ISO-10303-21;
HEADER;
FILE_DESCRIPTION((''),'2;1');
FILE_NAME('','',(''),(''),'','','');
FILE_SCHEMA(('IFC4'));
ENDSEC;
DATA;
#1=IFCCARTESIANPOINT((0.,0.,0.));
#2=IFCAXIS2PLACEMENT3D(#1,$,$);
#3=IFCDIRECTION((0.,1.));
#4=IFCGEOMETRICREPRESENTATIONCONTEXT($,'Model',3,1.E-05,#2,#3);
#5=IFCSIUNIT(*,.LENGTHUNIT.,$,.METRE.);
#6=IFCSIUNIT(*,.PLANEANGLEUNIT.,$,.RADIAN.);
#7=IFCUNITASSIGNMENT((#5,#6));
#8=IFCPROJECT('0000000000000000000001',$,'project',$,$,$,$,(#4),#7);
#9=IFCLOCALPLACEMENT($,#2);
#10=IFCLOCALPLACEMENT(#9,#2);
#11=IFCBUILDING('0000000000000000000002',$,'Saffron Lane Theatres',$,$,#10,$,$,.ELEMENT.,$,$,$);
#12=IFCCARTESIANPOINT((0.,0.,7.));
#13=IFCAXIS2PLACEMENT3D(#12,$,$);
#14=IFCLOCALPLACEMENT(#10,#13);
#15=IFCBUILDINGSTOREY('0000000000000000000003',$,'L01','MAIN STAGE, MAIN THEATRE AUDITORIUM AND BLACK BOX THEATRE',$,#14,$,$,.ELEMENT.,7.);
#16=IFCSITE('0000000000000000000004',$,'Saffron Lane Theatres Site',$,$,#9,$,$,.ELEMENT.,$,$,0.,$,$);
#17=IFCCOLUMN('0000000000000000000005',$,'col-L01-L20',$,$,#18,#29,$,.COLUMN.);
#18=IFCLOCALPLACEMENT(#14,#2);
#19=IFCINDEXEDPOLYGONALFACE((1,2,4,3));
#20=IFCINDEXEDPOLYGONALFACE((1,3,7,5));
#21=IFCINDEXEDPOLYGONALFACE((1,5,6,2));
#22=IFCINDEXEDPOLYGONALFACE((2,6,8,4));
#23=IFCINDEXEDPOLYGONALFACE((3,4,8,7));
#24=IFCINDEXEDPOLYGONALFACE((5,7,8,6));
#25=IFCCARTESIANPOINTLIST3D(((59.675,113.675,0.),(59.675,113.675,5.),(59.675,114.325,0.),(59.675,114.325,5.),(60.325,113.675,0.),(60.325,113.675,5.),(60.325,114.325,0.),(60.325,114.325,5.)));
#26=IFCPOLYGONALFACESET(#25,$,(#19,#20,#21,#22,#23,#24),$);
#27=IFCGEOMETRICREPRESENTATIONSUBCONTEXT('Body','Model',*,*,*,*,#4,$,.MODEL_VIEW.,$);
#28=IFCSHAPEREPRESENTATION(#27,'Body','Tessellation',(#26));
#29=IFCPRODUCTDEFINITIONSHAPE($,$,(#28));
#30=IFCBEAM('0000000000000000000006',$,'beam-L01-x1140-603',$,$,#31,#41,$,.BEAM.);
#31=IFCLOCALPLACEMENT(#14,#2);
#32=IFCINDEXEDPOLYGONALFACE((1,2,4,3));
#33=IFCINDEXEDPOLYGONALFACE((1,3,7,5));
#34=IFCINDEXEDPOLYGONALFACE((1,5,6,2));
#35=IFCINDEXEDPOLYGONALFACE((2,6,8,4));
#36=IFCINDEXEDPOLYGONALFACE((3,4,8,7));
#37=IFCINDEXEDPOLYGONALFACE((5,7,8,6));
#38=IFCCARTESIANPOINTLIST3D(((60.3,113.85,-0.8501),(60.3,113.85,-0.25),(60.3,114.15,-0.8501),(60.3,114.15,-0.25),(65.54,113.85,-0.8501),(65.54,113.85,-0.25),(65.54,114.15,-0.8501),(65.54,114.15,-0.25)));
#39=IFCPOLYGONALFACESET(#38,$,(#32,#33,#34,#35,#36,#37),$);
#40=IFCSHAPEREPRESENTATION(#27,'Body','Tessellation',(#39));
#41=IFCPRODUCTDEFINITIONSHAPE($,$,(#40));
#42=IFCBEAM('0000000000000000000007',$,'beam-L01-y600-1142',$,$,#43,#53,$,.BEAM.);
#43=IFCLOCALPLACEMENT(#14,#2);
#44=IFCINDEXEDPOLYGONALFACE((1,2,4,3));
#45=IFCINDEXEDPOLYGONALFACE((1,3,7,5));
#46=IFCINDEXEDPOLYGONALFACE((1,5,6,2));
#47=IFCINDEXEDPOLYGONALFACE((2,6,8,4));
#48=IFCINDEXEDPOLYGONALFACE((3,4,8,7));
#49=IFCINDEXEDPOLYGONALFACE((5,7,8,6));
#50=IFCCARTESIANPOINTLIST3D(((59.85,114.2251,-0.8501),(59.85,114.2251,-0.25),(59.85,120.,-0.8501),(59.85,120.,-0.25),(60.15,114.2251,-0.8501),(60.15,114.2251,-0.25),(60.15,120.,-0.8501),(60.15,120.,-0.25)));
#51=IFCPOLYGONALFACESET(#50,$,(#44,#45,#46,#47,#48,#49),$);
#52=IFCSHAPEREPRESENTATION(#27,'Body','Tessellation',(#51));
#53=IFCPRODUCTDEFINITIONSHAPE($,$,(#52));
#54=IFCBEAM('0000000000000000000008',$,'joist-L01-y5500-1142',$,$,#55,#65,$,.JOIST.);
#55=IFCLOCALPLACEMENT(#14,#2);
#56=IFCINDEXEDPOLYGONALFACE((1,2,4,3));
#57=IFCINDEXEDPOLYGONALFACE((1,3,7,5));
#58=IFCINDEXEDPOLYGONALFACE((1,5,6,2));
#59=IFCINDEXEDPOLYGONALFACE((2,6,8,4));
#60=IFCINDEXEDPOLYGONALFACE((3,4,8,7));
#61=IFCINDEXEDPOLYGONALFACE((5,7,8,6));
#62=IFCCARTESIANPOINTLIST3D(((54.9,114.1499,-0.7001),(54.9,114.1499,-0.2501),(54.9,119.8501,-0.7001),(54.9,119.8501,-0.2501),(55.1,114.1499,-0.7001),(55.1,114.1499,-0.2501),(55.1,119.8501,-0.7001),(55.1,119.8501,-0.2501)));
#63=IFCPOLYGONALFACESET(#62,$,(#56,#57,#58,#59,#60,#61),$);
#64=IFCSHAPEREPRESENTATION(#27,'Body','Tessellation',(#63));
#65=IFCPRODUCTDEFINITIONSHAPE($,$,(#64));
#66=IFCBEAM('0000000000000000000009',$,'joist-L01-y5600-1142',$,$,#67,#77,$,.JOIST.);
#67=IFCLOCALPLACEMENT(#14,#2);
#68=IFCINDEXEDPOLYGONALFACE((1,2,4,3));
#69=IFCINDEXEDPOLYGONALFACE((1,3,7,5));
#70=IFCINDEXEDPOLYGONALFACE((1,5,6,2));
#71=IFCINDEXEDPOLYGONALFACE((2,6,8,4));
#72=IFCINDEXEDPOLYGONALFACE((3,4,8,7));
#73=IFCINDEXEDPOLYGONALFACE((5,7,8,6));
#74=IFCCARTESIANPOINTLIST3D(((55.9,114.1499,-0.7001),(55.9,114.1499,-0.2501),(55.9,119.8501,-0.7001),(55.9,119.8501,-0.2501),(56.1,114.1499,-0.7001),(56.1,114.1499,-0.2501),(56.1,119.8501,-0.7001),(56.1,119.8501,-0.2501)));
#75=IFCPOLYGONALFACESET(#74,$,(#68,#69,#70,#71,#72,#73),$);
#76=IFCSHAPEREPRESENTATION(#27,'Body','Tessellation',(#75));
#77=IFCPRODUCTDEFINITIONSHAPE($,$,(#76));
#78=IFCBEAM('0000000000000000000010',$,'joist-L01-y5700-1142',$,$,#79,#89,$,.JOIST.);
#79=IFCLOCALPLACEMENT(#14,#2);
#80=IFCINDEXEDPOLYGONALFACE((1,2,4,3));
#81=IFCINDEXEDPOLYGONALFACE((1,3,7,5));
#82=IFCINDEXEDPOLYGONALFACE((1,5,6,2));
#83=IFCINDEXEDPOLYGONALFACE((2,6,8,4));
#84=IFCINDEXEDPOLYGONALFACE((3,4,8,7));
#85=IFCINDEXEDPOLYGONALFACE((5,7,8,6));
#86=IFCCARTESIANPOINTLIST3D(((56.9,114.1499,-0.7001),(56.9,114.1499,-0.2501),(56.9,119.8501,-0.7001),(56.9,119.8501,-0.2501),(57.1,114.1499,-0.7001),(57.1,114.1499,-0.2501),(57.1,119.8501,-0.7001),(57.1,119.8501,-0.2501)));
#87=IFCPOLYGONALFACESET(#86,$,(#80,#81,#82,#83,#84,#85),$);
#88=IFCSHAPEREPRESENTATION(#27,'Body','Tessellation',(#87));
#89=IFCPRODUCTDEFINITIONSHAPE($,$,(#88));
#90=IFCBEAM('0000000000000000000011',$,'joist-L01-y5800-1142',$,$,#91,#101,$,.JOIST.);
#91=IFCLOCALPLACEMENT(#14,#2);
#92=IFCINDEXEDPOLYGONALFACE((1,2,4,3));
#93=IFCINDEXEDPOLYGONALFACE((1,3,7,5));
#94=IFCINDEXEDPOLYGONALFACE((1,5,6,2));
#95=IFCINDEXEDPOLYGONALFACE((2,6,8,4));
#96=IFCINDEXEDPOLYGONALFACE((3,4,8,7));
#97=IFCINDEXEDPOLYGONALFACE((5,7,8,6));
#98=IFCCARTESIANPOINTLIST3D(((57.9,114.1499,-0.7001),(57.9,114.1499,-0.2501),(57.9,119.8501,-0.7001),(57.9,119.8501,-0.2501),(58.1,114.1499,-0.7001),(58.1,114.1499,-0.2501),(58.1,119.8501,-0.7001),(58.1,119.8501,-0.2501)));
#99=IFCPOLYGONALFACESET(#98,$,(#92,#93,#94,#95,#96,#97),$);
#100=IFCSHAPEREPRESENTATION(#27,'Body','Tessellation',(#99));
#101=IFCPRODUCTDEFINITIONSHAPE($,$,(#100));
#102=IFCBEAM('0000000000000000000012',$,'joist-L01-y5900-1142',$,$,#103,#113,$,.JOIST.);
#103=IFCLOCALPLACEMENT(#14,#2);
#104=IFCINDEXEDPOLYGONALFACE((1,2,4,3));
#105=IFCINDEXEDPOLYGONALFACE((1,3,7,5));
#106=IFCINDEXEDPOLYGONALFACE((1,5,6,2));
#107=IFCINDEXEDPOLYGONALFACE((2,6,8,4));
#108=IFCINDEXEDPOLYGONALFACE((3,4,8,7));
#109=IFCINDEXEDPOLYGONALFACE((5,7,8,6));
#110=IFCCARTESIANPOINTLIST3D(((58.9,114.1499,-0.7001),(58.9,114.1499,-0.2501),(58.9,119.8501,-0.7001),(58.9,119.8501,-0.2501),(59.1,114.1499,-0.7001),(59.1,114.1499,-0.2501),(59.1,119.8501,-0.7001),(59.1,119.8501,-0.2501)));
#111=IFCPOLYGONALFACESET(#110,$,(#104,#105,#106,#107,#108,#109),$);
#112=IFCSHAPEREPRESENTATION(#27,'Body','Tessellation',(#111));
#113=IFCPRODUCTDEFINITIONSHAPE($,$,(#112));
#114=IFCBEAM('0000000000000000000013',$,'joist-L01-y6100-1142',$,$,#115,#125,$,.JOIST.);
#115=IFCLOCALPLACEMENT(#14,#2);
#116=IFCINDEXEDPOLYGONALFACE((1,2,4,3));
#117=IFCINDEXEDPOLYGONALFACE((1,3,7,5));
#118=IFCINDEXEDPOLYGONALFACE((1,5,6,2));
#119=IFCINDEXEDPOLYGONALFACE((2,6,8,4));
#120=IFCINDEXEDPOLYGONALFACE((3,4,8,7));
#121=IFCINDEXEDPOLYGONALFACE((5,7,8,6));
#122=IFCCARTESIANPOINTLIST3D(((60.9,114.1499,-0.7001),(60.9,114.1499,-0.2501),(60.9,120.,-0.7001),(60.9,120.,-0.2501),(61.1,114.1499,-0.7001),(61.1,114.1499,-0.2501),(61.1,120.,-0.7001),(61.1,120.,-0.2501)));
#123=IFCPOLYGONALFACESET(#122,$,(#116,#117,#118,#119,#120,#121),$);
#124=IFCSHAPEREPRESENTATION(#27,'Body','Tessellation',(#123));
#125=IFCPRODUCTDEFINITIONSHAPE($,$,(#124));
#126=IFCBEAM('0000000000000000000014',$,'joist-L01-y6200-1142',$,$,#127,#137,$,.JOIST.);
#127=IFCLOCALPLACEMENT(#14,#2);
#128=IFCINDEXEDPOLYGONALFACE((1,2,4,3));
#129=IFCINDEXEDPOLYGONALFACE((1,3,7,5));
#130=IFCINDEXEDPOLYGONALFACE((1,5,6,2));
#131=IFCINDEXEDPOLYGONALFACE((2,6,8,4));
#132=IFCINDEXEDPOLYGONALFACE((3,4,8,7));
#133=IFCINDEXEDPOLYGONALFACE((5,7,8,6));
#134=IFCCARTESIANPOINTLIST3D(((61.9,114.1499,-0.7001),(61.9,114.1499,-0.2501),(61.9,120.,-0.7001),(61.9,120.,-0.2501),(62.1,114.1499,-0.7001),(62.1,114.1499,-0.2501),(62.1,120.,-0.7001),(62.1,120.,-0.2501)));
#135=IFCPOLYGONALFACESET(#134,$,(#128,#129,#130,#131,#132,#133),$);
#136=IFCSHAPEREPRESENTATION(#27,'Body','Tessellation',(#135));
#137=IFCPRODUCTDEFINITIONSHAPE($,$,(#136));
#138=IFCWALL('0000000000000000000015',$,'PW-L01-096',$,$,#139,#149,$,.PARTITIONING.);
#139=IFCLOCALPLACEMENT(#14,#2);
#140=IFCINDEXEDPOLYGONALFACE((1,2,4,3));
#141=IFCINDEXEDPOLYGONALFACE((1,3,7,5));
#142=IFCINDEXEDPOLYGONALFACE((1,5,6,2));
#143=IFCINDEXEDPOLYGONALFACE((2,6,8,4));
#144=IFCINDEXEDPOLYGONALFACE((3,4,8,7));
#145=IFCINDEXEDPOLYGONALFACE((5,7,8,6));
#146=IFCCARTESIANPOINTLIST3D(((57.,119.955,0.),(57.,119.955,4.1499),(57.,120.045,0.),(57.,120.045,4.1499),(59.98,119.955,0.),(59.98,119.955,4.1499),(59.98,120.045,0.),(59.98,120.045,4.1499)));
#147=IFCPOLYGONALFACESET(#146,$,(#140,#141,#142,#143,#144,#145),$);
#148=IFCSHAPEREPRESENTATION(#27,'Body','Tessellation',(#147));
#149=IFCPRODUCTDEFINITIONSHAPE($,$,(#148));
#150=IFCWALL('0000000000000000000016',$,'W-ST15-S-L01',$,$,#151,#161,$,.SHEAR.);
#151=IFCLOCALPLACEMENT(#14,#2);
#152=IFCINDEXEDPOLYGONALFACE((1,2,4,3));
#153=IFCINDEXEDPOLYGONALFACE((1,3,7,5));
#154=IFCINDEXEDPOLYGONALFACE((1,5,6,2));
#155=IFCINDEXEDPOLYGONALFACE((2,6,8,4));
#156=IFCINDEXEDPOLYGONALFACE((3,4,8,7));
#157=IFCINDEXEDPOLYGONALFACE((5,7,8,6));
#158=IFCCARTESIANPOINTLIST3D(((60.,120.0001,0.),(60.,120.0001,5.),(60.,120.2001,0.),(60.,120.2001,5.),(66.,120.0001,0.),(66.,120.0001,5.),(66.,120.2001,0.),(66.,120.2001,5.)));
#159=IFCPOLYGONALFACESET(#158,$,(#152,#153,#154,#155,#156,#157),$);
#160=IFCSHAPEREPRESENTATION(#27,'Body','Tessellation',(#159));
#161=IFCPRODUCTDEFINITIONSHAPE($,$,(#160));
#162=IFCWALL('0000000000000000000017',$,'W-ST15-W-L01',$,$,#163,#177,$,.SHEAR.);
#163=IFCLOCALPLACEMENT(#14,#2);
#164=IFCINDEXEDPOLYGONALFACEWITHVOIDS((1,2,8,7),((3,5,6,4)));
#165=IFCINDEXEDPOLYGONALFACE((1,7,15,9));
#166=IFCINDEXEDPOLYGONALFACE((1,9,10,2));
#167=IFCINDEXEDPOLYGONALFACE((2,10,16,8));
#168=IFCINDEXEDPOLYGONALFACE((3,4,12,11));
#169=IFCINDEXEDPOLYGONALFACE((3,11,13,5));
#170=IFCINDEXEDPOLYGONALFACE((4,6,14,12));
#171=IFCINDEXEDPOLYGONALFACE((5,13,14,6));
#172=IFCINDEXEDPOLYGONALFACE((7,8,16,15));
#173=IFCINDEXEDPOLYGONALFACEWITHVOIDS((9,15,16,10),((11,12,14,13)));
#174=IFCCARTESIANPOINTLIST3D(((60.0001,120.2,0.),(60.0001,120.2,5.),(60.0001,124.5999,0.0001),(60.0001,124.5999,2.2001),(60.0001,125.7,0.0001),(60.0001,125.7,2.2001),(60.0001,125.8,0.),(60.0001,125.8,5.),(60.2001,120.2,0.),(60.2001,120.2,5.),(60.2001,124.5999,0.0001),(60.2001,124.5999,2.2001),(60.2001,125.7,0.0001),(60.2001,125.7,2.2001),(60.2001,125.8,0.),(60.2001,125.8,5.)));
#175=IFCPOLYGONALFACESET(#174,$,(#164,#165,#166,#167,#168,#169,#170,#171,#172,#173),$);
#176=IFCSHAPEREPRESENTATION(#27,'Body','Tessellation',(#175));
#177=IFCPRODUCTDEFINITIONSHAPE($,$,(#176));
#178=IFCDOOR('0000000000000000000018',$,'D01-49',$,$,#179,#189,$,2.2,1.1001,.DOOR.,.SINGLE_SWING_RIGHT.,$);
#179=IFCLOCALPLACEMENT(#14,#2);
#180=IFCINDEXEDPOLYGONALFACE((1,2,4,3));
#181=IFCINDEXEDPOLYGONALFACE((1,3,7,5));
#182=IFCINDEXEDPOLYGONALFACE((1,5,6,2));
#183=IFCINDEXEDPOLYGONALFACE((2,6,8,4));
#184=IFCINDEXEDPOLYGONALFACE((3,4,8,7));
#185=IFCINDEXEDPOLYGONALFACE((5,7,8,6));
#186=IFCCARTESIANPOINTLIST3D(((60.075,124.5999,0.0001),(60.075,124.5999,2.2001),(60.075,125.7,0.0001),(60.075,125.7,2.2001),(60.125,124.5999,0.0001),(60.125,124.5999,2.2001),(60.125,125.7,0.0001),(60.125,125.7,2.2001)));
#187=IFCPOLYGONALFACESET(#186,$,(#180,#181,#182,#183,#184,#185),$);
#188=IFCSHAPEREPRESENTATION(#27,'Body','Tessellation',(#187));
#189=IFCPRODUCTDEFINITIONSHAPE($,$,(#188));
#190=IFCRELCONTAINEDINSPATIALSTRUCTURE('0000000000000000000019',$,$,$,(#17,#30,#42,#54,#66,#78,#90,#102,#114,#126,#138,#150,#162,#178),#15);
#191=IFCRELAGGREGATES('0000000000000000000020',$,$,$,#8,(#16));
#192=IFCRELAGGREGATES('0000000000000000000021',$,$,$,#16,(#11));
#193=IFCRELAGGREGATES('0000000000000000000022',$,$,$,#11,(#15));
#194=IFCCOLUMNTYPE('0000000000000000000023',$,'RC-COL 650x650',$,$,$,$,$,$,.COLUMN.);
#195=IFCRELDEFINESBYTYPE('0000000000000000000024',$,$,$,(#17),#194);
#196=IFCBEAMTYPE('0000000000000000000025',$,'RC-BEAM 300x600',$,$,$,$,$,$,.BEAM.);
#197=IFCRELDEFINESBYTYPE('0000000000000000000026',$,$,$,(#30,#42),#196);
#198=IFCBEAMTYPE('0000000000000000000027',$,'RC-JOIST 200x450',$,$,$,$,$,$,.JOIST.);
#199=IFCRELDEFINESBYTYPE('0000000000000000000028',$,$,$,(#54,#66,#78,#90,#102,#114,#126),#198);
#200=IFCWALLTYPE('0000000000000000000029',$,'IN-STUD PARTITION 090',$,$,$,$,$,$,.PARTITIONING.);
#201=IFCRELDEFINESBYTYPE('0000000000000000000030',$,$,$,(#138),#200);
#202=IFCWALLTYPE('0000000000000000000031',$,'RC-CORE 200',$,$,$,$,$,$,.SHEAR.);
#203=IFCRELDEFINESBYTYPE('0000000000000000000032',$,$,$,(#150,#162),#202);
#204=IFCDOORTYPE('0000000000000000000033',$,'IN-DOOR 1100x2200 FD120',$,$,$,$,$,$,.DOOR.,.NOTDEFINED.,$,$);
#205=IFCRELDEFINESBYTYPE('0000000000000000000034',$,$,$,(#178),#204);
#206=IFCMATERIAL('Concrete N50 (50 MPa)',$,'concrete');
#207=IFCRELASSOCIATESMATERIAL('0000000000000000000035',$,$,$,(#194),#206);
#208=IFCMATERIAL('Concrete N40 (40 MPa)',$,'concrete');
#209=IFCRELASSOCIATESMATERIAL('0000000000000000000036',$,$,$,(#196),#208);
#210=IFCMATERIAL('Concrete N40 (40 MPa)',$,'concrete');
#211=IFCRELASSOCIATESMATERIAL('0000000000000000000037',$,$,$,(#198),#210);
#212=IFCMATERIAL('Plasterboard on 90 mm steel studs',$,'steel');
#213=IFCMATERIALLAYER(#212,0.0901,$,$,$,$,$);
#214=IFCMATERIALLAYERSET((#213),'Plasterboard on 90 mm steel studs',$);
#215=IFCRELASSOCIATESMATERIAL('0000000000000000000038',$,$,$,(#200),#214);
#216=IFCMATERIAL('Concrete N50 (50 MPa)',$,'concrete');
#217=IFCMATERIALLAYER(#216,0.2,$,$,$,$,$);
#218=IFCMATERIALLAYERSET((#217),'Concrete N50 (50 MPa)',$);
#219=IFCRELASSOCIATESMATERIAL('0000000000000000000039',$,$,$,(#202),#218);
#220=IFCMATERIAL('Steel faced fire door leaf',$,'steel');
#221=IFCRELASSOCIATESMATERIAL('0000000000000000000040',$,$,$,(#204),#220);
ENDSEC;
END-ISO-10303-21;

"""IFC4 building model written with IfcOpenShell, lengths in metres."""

from ifc_helpers import new_model, si_unit, direction, frame, frame_2d, origin, origin_2d, place, context, subcontext, project, spatial, rectangle, extrude, material, layer, layer_set, material_profile, profile_set, type_object, element, fill, save


model = new_model("IFC4")

# Units and contexts
model_context = context("Model", 3, precision=1e-05, world=origin(), true_north=direction((0.0, 1.0)))
body_context = subcontext(model_context, "Body", "Model", "MODEL_VIEW")
ifc_project = project(units=[si_unit("LENGTHUNIT", "METRE"), si_unit("PLANEANGLEUNIT", "RADIAN")], contexts=[model_context])

# Site, building, storey
site_placement = place(None, origin())
site = spatial("IfcSite", under=ifc_project, at=site_placement, Name="Saffron Lane Theatres Site", CompositionType="ELEMENT", RefElevation=0.0)
building_placement = place(site_placement, origin())
building = spatial("IfcBuilding", under=site, at=building_placement, Name="Saffron Lane Theatres", CompositionType="ELEMENT")
storey_placement = place(building_placement, frame((0.0, 0.0, 7.0)))
storey = spatial("IfcBuildingStorey", under=building, at=storey_placement, Name="L01", Description="MAIN STAGE, MAIN THEATRE AUDITORIUM AND BLACK BOX THEATRE", CompositionType="ELEMENT", Elevation=7.0)

# Column
ifc_material_1 = material(Name="Concrete N50 (50 MPa)", Category="concrete")
ifc_material_profile_1 = material_profile(ifc_material_1, rectangle(XDim=0.6499, YDim=0.6499, at=origin_2d()))
ifc_profile_set_1 = profile_set([ifc_material_profile_1], Name="Concrete N50 (50 MPa)")
column_type = type_object("IfcColumnType", Name="RC-COL 650x650", PredefinedType="COLUMN", material=ifc_profile_set_1)
column_placement = place(storey_placement, frame((60.0, 114.0, 0.0), z_axis=(0.0, 0.0, 1.0), x_axis=(1.0, 0.0, 0.0)))
element("IfcColumn", 1, at=column_placement, inside=storey, type_object=column_type, Name="col-L01-L20", PredefinedType="COLUMN", context=body_context, shape_type="SweptSolid", body=[
    extrude(rectangle(XDim=0.6499, YDim=0.6499, at=origin_2d()), origin(), (0.0, 0.0, 1.0), 5.0),
])

# Beams
ifc_material_2 = material(Name="Concrete N40 (40 MPa)", Category="concrete")
ifc_material_profile_2 = material_profile(ifc_material_2, rectangle(XDim=0.3, YDim=0.6001, at=origin_2d()))
ifc_profile_set_2 = profile_set([ifc_material_profile_2], Name="Concrete N40 (40 MPa)")
beam_type_1 = type_object("IfcBeamType", Name="RC-BEAM 300x600", PredefinedType="BEAM", material=ifc_profile_set_2)
beam_1_placement = place(storey_placement, frame((60.3, 114.0, -0.55), z_axis=(1.0, 0.0, 0.0), x_axis=(0.0, 1.0, 0.0)))
element("IfcBeam", 2, at=beam_1_placement, inside=storey, type_object=beam_type_1, Name="beam-L01-x1140-603", PredefinedType="BEAM", context=body_context, shape_type="SweptSolid", body=[
    extrude(rectangle(XDim=0.3, YDim=0.6001, at=origin_2d()), origin(), (0.0, 0.0, 1.0), 5.24),
])
beam_2_placement = place(storey_placement, frame((60.0, 114.2251, -0.55), z_axis=(0.0, 1.0, 0.0), x_axis=(-1.0, 0.0, 0.0)))
element("IfcBeam", 3, at=beam_2_placement, inside=storey, type_object=beam_type_1, Name="beam-L01-y600-1142", PredefinedType="BEAM", context=body_context, shape_type="SweptSolid", body=[
    extrude(rectangle(XDim=0.3, YDim=0.6001, at=origin_2d()), origin(), (0.0, 0.0, 1.0), 5.7749),
])
ifc_material_3 = material(Name="Concrete N40 (40 MPa)", Category="concrete")
ifc_material_profile_3 = material_profile(ifc_material_3, rectangle(XDim=0.2, YDim=0.45, at=origin_2d()))
ifc_profile_set_3 = profile_set([ifc_material_profile_3], Name="Concrete N40 (40 MPa)")
beam_type_2 = type_object("IfcBeamType", Name="RC-JOIST 200x450", PredefinedType="JOIST", material=ifc_profile_set_3)
for number, where, z_axis, x_axis, name in (
    (4, (55.0, 114.1499, -0.4751), (0.0, 1.0, 0.0), (-1.0, 0.0, 0.0), "joist-L01-y5500-1142"),
    (5, (56.0, 114.1499, -0.4751), (0.0, 1.0, 0.0), (-1.0, 0.0, 0.0), "joist-L01-y5600-1142"),
    (6, (57.0, 114.1499, -0.4751), (0.0, 1.0, 0.0), (-1.0, 0.0, 0.0), "joist-L01-y5700-1142"),
    (7, (58.0, 114.1499, -0.4751), (0.0, 1.0, 0.0), (-1.0, 0.0, 0.0), "joist-L01-y5800-1142"),
    (8, (59.0, 114.1499, -0.4751), (0.0, 1.0, 0.0), (-1.0, 0.0, 0.0), "joist-L01-y5900-1142"),
):
    element("IfcBeam", number, at=place(storey_placement, frame(where, z_axis=z_axis, x_axis=x_axis)), inside=storey, type_object=beam_type_2, Name=name, PredefinedType="JOIST", context=body_context, shape_type="SweptSolid", body=[
        extrude(rectangle(XDim=0.2, YDim=0.45, at=origin_2d()), origin(), (0.0, 0.0, 1.0), 5.7002),
    ])
for number, where, z_axis, x_axis, name in (
    (9, (61.0, 114.1499, -0.4751), (0.0, 1.0, 0.0), (-1.0, 0.0, 0.0), "joist-L01-y6100-1142"),
    (10, (62.0, 114.1499, -0.4751), (0.0, 1.0, 0.0), (-1.0, 0.0, 0.0), "joist-L01-y6200-1142"),
):
    element("IfcBeam", number, at=place(storey_placement, frame(where, z_axis=z_axis, x_axis=x_axis)), inside=storey, type_object=beam_type_2, Name=name, PredefinedType="JOIST", context=body_context, shape_type="SweptSolid", body=[
        extrude(rectangle(XDim=0.2, YDim=0.45, at=origin_2d()), origin(), (0.0, 0.0, 1.0), 5.8501),
    ])

# Walls
ifc_material_4 = material(Name="Plasterboard on 90 mm steel studs", Category="steel")
ifc_layer_1 = layer(ifc_material_4, 0.0901)
ifc_layer_set_1 = layer_set([ifc_layer_1], Name="Plasterboard on 90 mm steel studs")
wall_type_1 = type_object("IfcWallType", Name="IN-STUD PARTITION 090", PredefinedType="PARTITIONING", material=ifc_layer_set_1)
wall_1_placement = place(storey_placement, frame((57.0, 120.0, 0.0), z_axis=(0.0, 0.0, 1.0), x_axis=(1.0, 0.0, 0.0)))
element("IfcWall", 11, at=wall_1_placement, inside=storey, type_object=wall_type_1, Name="PW-L01-096", PredefinedType="PARTITIONING", context=body_context, shape_type="SweptSolid", body=[
    extrude(rectangle(XDim=2.98, YDim=0.0901, at=frame_2d((1.49, 0.0))), origin(), (0.0, 0.0, 1.0), 4.1499),
])
ifc_material_5 = material(Name="Concrete N50 (50 MPa)", Category="concrete")
ifc_layer_2 = layer(ifc_material_5, 0.2)
ifc_layer_set_2 = layer_set([ifc_layer_2], Name="Concrete N50 (50 MPa)")
wall_type_2 = type_object("IfcWallType", Name="RC-CORE 200", PredefinedType="SHEAR", material=ifc_layer_set_2)
wall_2_placement = place(storey_placement, frame((60.0, 120.1001, 0.0), z_axis=(0.0, 0.0, 1.0), x_axis=(1.0, 0.0, 0.0)))
element("IfcWall", 12, at=wall_2_placement, inside=storey, type_object=wall_type_2, Name="W-ST15-S-L01", PredefinedType="SHEAR", context=body_context, shape_type="SweptSolid", body=[
    extrude(rectangle(XDim=6.0, YDim=0.2, at=frame_2d((3.0, 0.0))), origin(), (0.0, 0.0, 1.0), 5.0),
])

# Wall, opening, door
wall_3_placement = place(storey_placement, frame((60.1001, 120.2, 0.0), z_axis=(0.0, 0.0, 1.0), x_axis=(0.0, 1.0, 0.0)))
wall_3 = element("IfcWall", 13, at=wall_3_placement, inside=storey, type_object=wall_type_2, Name="W-ST15-W-L01", PredefinedType="SHEAR", context=body_context, shape_type="SweptSolid", body=[
    extrude(rectangle(XDim=5.6001, YDim=0.2, at=frame_2d((2.8, 0.0))), origin(), (0.0, 0.0, 1.0), 5.0),
])
opening_placement = place(wall_3_placement, frame((4.3999, 0.0, 0.0)))
opening = element("IfcOpeningElement", 14, at=opening_placement, cuts=wall_3, PredefinedType="OPENING", context=body_context, shape_type="SweptSolid", body=[
    extrude(rectangle(XDim=1.1001, YDim=2.2, at=frame_2d((0.55, 1.1001))), frame((0.0, 0.1099, 0.0), z_axis=(0.0, -1.0, 0.0), x_axis=(1.0, 0.0, 0.0)), (0.0, 0.0, 1.0), 0.22),
])
ifc_material_6 = material(Name="Steel faced fire door leaf", Category="steel")
door_type = type_object("IfcDoorType", Name="IN-DOOR 1100x2200 FD120", OperationType="NOTDEFINED", PredefinedType="DOOR", material=ifc_material_6)
door_placement = place(opening_placement, frame((1.1001, 0.0, 0.0), z_axis=(0.0, 0.0, 1.0), x_axis=(-1.0, 0.0, 0.0)))
door = element("IfcDoor", 15, at=door_placement, inside=storey, type_object=door_type, Name="D01-49", OperationType="SINGLE_SWING_RIGHT", OverallHeight=2.2, OverallWidth=1.1001, PredefinedType="DOOR", context=body_context, shape_type="SweptSolid", body=[
    extrude(rectangle(XDim=1.1001, YDim=2.2, at=frame_2d((0.55, 1.1001))), frame((0.0, 0.0249, 0.0), z_axis=(0.0, -1.0, 0.0), x_axis=(1.0, 0.0, 0.0)), (0.0, 0.0, 1.0), 0.05),
])
fill(opening, door)

save(model, "model.ifc")
